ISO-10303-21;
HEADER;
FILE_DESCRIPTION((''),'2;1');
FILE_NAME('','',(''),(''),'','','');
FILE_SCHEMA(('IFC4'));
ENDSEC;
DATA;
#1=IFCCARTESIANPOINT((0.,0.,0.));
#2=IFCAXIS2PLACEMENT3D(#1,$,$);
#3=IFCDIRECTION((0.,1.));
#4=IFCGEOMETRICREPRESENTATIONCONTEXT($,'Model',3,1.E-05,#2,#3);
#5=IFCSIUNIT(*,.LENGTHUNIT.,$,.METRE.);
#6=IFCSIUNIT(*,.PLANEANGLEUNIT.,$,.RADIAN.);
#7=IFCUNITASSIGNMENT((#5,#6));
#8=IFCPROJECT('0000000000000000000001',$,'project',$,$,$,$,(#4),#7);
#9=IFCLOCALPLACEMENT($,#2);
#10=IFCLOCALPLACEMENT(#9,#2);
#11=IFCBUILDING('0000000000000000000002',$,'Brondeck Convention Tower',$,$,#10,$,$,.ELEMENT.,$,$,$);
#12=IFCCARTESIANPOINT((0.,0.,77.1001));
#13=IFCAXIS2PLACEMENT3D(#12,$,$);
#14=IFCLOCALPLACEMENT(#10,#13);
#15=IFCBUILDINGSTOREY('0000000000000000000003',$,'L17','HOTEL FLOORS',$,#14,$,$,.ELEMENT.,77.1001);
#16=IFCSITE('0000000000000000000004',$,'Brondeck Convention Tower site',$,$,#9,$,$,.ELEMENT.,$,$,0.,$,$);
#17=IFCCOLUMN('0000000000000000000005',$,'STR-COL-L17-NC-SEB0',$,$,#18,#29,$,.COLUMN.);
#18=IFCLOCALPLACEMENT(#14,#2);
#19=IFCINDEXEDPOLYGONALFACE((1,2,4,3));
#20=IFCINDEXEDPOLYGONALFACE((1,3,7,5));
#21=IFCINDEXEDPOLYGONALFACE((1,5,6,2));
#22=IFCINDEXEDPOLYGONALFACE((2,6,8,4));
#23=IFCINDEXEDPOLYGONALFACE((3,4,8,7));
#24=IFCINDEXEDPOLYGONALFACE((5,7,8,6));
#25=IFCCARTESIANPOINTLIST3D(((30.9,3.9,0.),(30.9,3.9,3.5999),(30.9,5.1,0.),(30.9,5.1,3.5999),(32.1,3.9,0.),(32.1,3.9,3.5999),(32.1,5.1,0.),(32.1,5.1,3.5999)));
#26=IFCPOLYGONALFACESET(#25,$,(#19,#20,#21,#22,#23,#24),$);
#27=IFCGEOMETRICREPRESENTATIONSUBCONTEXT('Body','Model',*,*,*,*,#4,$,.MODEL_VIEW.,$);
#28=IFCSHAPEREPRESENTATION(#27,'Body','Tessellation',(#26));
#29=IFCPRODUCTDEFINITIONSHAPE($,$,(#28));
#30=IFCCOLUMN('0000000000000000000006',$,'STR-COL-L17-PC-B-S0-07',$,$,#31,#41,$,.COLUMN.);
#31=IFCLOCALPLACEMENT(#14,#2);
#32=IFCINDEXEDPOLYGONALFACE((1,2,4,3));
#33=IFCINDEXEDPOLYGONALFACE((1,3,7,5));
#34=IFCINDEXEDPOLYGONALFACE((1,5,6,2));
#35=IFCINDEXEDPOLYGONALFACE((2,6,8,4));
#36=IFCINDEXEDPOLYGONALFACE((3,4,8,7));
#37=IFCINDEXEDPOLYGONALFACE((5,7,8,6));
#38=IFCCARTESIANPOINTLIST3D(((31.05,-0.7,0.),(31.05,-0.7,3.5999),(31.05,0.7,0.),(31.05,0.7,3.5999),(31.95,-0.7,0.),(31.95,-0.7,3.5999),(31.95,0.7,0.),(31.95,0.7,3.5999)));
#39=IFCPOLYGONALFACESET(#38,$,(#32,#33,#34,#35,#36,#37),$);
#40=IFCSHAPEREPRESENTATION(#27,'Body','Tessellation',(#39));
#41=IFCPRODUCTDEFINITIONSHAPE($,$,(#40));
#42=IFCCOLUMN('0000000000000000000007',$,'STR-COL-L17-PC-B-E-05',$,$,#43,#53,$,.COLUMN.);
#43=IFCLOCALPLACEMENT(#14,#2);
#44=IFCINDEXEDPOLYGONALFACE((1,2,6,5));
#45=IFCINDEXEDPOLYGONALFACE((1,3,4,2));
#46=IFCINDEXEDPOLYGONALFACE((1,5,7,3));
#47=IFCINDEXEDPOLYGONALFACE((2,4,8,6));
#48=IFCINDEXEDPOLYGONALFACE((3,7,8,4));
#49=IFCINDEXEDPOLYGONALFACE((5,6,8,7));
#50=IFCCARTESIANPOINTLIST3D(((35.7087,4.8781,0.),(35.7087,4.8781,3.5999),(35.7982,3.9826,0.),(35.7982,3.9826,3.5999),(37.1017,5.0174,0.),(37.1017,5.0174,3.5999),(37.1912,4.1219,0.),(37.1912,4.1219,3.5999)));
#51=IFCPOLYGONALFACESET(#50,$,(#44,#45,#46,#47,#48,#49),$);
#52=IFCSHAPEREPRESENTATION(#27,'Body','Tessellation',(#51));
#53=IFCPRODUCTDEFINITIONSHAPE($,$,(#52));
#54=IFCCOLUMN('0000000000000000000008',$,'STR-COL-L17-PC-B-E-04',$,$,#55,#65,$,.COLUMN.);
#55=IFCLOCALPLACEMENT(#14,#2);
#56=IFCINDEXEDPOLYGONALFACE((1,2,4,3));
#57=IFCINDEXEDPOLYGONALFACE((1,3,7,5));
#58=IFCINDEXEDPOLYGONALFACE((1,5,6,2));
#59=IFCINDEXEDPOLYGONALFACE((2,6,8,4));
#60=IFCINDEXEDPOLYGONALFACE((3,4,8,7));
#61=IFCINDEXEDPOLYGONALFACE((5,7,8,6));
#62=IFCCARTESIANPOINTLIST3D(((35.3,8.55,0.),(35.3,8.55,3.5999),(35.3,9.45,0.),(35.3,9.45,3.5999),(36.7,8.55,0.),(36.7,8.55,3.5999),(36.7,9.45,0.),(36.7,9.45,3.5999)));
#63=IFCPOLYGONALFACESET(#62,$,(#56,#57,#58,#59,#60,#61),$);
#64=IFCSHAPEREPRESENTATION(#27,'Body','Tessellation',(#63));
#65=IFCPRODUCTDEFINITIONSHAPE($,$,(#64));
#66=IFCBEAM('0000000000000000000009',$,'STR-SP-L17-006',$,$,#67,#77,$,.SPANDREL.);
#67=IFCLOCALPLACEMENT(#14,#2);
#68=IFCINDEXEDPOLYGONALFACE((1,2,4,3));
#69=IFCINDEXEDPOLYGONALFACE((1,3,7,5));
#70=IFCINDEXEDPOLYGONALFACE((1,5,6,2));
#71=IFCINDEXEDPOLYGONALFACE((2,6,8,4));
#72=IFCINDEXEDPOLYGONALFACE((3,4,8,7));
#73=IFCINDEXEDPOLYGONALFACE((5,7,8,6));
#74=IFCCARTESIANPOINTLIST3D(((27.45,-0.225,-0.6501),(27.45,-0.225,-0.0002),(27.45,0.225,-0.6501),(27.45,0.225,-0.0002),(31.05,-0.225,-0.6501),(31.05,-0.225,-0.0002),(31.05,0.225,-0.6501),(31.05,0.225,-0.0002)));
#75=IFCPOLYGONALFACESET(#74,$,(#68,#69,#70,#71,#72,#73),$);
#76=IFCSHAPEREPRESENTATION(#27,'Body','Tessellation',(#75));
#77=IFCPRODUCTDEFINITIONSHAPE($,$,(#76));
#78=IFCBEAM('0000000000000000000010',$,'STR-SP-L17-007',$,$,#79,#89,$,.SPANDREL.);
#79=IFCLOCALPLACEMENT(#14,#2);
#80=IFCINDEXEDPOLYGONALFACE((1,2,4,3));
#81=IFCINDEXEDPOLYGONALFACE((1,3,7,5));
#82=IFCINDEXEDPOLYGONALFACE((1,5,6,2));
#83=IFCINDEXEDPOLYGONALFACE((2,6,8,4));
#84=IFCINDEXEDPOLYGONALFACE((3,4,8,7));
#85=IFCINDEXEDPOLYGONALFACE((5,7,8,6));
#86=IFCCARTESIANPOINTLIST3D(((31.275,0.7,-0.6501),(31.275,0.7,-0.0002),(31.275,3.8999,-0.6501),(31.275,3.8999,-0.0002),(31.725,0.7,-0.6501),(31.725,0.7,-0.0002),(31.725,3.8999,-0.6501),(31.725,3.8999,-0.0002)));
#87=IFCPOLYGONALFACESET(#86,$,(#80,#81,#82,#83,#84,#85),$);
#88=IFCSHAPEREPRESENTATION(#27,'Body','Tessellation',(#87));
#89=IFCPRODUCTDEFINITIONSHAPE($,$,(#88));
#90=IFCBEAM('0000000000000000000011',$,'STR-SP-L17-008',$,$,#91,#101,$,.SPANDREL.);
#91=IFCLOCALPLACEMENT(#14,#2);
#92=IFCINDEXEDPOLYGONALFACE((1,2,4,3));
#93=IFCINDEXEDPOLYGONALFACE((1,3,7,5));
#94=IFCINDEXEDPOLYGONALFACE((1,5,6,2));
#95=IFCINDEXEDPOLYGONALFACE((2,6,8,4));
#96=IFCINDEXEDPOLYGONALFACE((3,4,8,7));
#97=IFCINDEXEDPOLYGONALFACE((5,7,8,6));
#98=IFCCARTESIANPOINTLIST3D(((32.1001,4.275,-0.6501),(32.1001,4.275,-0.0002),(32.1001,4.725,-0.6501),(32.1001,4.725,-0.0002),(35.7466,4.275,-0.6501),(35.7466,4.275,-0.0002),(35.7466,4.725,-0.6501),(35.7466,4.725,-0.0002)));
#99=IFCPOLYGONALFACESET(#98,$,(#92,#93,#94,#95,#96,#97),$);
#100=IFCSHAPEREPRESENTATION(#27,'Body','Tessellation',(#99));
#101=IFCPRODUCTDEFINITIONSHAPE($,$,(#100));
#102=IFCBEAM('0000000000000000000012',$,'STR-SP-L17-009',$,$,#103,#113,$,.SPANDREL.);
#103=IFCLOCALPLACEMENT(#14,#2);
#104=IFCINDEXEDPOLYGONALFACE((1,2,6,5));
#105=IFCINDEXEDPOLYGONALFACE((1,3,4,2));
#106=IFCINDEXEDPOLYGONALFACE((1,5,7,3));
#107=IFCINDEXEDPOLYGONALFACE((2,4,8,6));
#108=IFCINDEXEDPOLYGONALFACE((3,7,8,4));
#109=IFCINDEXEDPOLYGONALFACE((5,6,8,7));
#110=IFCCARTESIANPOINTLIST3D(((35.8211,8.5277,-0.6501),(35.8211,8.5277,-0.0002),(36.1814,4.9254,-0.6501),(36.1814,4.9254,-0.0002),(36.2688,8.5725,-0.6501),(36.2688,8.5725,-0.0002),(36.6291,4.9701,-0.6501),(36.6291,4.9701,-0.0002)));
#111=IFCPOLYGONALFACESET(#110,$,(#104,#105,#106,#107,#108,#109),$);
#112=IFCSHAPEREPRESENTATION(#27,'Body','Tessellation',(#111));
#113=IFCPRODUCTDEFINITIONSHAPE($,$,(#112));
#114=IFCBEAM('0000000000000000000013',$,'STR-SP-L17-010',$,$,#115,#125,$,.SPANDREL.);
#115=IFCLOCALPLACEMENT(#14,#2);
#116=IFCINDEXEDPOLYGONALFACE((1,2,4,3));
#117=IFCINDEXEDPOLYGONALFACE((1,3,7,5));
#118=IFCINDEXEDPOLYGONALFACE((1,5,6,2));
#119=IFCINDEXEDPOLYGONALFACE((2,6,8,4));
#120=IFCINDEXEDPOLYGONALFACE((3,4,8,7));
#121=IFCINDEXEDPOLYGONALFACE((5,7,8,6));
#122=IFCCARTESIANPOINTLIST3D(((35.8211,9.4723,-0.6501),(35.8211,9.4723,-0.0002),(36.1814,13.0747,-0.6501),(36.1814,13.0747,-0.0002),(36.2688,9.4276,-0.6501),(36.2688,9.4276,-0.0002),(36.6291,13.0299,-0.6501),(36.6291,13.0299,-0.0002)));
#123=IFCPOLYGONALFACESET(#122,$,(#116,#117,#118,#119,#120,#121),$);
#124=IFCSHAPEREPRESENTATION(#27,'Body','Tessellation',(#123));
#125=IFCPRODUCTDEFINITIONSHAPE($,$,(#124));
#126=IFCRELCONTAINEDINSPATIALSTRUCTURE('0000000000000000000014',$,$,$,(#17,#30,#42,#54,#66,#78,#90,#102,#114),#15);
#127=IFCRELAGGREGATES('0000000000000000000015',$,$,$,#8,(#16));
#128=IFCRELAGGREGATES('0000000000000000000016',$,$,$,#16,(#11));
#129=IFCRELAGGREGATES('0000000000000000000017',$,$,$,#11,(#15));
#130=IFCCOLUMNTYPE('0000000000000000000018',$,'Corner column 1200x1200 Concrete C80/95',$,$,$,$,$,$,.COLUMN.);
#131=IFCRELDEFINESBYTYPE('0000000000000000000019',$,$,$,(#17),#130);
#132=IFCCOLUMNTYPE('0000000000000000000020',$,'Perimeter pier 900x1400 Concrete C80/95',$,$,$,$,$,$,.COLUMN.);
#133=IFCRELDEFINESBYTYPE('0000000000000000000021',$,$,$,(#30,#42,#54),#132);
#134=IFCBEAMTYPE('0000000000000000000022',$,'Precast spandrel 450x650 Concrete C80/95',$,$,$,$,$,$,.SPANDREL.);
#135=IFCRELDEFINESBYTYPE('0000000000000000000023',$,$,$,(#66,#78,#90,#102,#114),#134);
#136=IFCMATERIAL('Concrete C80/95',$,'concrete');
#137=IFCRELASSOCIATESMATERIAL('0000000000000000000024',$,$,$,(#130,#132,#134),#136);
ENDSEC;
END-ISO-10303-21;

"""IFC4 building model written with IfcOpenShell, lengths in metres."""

from ifc_helpers import new_model, si_unit, direction, frame, origin, origin_2d, place, context, subcontext, project, spatial, rectangle, extrude, material, material_profile, profile_set, type_object, element, save


model = new_model("IFC4")

# Units and contexts
model_context = context("Model", 3, precision=1e-05, world=origin(), true_north=direction((0.0, 1.0)))
body_context = subcontext(model_context, "Body", "Model", "MODEL_VIEW")
ifc_project = project(units=[si_unit("LENGTHUNIT", "METRE"), si_unit("PLANEANGLEUNIT", "RADIAN")], contexts=[model_context])

# Site, building, storey
site_placement = place(None, origin())
site = spatial("IfcSite", under=ifc_project, at=site_placement, Name="Brondeck Convention Tower site", CompositionType="ELEMENT", RefElevation=0.0)
building_placement = place(site_placement, origin())
building = spatial("IfcBuilding", under=site, at=building_placement, Name="Brondeck Convention Tower", CompositionType="ELEMENT")
storey_placement = place(building_placement, frame((0.0, 0.0, 77.1001)))
storey = spatial("IfcBuildingStorey", under=building, at=storey_placement, Name="L17", Description="HOTEL FLOORS", CompositionType="ELEMENT", Elevation=77.1001)

# Columns
ifc_material_1 = material(Name="Concrete C80/95", Category="concrete")
ifc_material_profile_1 = material_profile(ifc_material_1, rectangle(XDim=1.2, YDim=1.2, at=origin_2d()), Name="Corner column 1200x1200 Concrete C80/95")
ifc_profile_set_1 = profile_set([ifc_material_profile_1], Name="Concrete C80/95")
column_type_1 = type_object("IfcColumnType", Name="Corner column 1200x1200 Concrete C80/95", PredefinedType="COLUMN", material=ifc_profile_set_1)
column_placement = place(storey_placement, frame((31.5, 4.5, 0.0), z_axis=(0.0, 0.0, 1.0), x_axis=(1.0, 0.0, 0.0)))
element("IfcColumn", 1, at=column_placement, inside=storey, type_object=column_type_1, Name="STR-COL-L17-NC-SEB0", PredefinedType="COLUMN", context=body_context, shape_type="SweptSolid", body=[
    extrude(rectangle(XDim=1.2, YDim=1.2, at=origin_2d()), origin(), (0.0, 0.0, 1.0), 3.5999),
])
ifc_material_profile_2 = material_profile(ifc_material_1, rectangle(XDim=0.8999, YDim=1.3999, at=origin_2d()), Name="Perimeter pier 900x1400 Concrete C80/95")
ifc_profile_set_2 = profile_set([ifc_material_profile_2], Name="Concrete C80/95")
column_type_2 = type_object("IfcColumnType", Name="Perimeter pier 900x1400 Concrete C80/95", PredefinedType="COLUMN", material=ifc_profile_set_2)
for number, where, z_axis, x_axis, name in (
    (2, (31.5, 0.0, 0.0), (0.0, 0.0, 1.0), (1.0, 0.0, 0.0), "STR-COL-L17-PC-B-S0-07"),
    (3, (36.45, 4.5, 0.0), (0.0, 0.0, 1.0), (-0.099504, 0.995037, 0.0), "STR-COL-L17-PC-B-E-05"),
    (4, (36.0, 9.0, 0.0), (0.0, 0.0, 1.0), (0.0, 1.0, 0.0), "STR-COL-L17-PC-B-E-04"),
):
    element("IfcColumn", number, at=place(storey_placement, frame(where, z_axis=z_axis, x_axis=x_axis)), inside=storey, type_object=column_type_2, Name=name, PredefinedType="COLUMN", context=body_context, shape_type="SweptSolid", body=[
        extrude(rectangle(XDim=0.8999, YDim=1.3999, at=origin_2d()), origin(), (0.0, 0.0, 1.0), 3.5999),
    ])

# Beams
ifc_material_profile_3 = material_profile(ifc_material_1, rectangle(XDim=0.45, YDim=0.6499, at=origin_2d()), Name="Precast spandrel 450x650 Concrete C80/95")
ifc_profile_set_3 = profile_set([ifc_material_profile_3], Name="Concrete C80/95")
beam_type = type_object("IfcBeamType", Name="Precast spandrel 450x650 Concrete C80/95", PredefinedType="SPANDREL", material=ifc_profile_set_3)
beam_1_placement = place(storey_placement, frame((27.45, 0.0, -0.3252), z_axis=(1.0, 0.0, 0.0), x_axis=(0.0, 1.0, 0.0)))
element("IfcBeam", 5, at=beam_1_placement, inside=storey, type_object=beam_type, Name="STR-SP-L17-006", PredefinedType="SPANDREL", context=body_context, shape_type="SweptSolid", body=[
    extrude(rectangle(XDim=0.45, YDim=0.6499, at=origin_2d()), origin(), (0.0, 0.0, 1.0), 3.6001),
])
beam_2_placement = place(storey_placement, frame((31.5, 0.7, -0.3252), z_axis=(0.0, 1.0, 0.0), x_axis=(-1.0, 0.0, 0.0)))
element("IfcBeam", 6, at=beam_2_placement, inside=storey, type_object=beam_type, Name="STR-SP-L17-007", PredefinedType="SPANDREL", context=body_context, shape_type="SweptSolid", body=[
    extrude(rectangle(XDim=0.45, YDim=0.6499, at=origin_2d()), origin(), (0.0, 0.0, 1.0), 3.2),
])
beam_3_placement = place(storey_placement, frame((32.1001, 4.5, -0.3252), z_axis=(1.0, 0.0, 0.0), x_axis=(0.0, 1.0, 0.0)))
element("IfcBeam", 7, at=beam_3_placement, inside=storey, type_object=beam_type, Name="STR-SP-L17-008", PredefinedType="SPANDREL", context=body_context, shape_type="SweptSolid", body=[
    extrude(rectangle(XDim=0.45, YDim=0.6499, at=origin_2d()), origin(), (0.0, 0.0, 1.0), 3.6465),
])
for number, where, z_axis, x_axis, name in (
    (8, (36.4053, 4.9478, -0.3252), (-0.099537, 0.995034, 0.0), (-0.995034, -0.099537, 0.0), "STR-SP-L17-009"),
    (9, (36.0449, 9.45, -0.3252), (0.099537, 0.995034, 0.0), (-0.995034, 0.099537, 0.0), "STR-SP-L17-010"),
):
    element("IfcBeam", number, at=place(storey_placement, frame(where, z_axis=z_axis, x_axis=x_axis)), inside=storey, type_object=beam_type, Name=name, PredefinedType="SPANDREL", context=body_context, shape_type="SweptSolid", body=[
        extrude(rectangle(XDim=0.45, YDim=0.6499, at=origin_2d()), origin(), (0.0, 0.0, 1.0), 3.6204),
    ])

save(model, "model.ifc")
